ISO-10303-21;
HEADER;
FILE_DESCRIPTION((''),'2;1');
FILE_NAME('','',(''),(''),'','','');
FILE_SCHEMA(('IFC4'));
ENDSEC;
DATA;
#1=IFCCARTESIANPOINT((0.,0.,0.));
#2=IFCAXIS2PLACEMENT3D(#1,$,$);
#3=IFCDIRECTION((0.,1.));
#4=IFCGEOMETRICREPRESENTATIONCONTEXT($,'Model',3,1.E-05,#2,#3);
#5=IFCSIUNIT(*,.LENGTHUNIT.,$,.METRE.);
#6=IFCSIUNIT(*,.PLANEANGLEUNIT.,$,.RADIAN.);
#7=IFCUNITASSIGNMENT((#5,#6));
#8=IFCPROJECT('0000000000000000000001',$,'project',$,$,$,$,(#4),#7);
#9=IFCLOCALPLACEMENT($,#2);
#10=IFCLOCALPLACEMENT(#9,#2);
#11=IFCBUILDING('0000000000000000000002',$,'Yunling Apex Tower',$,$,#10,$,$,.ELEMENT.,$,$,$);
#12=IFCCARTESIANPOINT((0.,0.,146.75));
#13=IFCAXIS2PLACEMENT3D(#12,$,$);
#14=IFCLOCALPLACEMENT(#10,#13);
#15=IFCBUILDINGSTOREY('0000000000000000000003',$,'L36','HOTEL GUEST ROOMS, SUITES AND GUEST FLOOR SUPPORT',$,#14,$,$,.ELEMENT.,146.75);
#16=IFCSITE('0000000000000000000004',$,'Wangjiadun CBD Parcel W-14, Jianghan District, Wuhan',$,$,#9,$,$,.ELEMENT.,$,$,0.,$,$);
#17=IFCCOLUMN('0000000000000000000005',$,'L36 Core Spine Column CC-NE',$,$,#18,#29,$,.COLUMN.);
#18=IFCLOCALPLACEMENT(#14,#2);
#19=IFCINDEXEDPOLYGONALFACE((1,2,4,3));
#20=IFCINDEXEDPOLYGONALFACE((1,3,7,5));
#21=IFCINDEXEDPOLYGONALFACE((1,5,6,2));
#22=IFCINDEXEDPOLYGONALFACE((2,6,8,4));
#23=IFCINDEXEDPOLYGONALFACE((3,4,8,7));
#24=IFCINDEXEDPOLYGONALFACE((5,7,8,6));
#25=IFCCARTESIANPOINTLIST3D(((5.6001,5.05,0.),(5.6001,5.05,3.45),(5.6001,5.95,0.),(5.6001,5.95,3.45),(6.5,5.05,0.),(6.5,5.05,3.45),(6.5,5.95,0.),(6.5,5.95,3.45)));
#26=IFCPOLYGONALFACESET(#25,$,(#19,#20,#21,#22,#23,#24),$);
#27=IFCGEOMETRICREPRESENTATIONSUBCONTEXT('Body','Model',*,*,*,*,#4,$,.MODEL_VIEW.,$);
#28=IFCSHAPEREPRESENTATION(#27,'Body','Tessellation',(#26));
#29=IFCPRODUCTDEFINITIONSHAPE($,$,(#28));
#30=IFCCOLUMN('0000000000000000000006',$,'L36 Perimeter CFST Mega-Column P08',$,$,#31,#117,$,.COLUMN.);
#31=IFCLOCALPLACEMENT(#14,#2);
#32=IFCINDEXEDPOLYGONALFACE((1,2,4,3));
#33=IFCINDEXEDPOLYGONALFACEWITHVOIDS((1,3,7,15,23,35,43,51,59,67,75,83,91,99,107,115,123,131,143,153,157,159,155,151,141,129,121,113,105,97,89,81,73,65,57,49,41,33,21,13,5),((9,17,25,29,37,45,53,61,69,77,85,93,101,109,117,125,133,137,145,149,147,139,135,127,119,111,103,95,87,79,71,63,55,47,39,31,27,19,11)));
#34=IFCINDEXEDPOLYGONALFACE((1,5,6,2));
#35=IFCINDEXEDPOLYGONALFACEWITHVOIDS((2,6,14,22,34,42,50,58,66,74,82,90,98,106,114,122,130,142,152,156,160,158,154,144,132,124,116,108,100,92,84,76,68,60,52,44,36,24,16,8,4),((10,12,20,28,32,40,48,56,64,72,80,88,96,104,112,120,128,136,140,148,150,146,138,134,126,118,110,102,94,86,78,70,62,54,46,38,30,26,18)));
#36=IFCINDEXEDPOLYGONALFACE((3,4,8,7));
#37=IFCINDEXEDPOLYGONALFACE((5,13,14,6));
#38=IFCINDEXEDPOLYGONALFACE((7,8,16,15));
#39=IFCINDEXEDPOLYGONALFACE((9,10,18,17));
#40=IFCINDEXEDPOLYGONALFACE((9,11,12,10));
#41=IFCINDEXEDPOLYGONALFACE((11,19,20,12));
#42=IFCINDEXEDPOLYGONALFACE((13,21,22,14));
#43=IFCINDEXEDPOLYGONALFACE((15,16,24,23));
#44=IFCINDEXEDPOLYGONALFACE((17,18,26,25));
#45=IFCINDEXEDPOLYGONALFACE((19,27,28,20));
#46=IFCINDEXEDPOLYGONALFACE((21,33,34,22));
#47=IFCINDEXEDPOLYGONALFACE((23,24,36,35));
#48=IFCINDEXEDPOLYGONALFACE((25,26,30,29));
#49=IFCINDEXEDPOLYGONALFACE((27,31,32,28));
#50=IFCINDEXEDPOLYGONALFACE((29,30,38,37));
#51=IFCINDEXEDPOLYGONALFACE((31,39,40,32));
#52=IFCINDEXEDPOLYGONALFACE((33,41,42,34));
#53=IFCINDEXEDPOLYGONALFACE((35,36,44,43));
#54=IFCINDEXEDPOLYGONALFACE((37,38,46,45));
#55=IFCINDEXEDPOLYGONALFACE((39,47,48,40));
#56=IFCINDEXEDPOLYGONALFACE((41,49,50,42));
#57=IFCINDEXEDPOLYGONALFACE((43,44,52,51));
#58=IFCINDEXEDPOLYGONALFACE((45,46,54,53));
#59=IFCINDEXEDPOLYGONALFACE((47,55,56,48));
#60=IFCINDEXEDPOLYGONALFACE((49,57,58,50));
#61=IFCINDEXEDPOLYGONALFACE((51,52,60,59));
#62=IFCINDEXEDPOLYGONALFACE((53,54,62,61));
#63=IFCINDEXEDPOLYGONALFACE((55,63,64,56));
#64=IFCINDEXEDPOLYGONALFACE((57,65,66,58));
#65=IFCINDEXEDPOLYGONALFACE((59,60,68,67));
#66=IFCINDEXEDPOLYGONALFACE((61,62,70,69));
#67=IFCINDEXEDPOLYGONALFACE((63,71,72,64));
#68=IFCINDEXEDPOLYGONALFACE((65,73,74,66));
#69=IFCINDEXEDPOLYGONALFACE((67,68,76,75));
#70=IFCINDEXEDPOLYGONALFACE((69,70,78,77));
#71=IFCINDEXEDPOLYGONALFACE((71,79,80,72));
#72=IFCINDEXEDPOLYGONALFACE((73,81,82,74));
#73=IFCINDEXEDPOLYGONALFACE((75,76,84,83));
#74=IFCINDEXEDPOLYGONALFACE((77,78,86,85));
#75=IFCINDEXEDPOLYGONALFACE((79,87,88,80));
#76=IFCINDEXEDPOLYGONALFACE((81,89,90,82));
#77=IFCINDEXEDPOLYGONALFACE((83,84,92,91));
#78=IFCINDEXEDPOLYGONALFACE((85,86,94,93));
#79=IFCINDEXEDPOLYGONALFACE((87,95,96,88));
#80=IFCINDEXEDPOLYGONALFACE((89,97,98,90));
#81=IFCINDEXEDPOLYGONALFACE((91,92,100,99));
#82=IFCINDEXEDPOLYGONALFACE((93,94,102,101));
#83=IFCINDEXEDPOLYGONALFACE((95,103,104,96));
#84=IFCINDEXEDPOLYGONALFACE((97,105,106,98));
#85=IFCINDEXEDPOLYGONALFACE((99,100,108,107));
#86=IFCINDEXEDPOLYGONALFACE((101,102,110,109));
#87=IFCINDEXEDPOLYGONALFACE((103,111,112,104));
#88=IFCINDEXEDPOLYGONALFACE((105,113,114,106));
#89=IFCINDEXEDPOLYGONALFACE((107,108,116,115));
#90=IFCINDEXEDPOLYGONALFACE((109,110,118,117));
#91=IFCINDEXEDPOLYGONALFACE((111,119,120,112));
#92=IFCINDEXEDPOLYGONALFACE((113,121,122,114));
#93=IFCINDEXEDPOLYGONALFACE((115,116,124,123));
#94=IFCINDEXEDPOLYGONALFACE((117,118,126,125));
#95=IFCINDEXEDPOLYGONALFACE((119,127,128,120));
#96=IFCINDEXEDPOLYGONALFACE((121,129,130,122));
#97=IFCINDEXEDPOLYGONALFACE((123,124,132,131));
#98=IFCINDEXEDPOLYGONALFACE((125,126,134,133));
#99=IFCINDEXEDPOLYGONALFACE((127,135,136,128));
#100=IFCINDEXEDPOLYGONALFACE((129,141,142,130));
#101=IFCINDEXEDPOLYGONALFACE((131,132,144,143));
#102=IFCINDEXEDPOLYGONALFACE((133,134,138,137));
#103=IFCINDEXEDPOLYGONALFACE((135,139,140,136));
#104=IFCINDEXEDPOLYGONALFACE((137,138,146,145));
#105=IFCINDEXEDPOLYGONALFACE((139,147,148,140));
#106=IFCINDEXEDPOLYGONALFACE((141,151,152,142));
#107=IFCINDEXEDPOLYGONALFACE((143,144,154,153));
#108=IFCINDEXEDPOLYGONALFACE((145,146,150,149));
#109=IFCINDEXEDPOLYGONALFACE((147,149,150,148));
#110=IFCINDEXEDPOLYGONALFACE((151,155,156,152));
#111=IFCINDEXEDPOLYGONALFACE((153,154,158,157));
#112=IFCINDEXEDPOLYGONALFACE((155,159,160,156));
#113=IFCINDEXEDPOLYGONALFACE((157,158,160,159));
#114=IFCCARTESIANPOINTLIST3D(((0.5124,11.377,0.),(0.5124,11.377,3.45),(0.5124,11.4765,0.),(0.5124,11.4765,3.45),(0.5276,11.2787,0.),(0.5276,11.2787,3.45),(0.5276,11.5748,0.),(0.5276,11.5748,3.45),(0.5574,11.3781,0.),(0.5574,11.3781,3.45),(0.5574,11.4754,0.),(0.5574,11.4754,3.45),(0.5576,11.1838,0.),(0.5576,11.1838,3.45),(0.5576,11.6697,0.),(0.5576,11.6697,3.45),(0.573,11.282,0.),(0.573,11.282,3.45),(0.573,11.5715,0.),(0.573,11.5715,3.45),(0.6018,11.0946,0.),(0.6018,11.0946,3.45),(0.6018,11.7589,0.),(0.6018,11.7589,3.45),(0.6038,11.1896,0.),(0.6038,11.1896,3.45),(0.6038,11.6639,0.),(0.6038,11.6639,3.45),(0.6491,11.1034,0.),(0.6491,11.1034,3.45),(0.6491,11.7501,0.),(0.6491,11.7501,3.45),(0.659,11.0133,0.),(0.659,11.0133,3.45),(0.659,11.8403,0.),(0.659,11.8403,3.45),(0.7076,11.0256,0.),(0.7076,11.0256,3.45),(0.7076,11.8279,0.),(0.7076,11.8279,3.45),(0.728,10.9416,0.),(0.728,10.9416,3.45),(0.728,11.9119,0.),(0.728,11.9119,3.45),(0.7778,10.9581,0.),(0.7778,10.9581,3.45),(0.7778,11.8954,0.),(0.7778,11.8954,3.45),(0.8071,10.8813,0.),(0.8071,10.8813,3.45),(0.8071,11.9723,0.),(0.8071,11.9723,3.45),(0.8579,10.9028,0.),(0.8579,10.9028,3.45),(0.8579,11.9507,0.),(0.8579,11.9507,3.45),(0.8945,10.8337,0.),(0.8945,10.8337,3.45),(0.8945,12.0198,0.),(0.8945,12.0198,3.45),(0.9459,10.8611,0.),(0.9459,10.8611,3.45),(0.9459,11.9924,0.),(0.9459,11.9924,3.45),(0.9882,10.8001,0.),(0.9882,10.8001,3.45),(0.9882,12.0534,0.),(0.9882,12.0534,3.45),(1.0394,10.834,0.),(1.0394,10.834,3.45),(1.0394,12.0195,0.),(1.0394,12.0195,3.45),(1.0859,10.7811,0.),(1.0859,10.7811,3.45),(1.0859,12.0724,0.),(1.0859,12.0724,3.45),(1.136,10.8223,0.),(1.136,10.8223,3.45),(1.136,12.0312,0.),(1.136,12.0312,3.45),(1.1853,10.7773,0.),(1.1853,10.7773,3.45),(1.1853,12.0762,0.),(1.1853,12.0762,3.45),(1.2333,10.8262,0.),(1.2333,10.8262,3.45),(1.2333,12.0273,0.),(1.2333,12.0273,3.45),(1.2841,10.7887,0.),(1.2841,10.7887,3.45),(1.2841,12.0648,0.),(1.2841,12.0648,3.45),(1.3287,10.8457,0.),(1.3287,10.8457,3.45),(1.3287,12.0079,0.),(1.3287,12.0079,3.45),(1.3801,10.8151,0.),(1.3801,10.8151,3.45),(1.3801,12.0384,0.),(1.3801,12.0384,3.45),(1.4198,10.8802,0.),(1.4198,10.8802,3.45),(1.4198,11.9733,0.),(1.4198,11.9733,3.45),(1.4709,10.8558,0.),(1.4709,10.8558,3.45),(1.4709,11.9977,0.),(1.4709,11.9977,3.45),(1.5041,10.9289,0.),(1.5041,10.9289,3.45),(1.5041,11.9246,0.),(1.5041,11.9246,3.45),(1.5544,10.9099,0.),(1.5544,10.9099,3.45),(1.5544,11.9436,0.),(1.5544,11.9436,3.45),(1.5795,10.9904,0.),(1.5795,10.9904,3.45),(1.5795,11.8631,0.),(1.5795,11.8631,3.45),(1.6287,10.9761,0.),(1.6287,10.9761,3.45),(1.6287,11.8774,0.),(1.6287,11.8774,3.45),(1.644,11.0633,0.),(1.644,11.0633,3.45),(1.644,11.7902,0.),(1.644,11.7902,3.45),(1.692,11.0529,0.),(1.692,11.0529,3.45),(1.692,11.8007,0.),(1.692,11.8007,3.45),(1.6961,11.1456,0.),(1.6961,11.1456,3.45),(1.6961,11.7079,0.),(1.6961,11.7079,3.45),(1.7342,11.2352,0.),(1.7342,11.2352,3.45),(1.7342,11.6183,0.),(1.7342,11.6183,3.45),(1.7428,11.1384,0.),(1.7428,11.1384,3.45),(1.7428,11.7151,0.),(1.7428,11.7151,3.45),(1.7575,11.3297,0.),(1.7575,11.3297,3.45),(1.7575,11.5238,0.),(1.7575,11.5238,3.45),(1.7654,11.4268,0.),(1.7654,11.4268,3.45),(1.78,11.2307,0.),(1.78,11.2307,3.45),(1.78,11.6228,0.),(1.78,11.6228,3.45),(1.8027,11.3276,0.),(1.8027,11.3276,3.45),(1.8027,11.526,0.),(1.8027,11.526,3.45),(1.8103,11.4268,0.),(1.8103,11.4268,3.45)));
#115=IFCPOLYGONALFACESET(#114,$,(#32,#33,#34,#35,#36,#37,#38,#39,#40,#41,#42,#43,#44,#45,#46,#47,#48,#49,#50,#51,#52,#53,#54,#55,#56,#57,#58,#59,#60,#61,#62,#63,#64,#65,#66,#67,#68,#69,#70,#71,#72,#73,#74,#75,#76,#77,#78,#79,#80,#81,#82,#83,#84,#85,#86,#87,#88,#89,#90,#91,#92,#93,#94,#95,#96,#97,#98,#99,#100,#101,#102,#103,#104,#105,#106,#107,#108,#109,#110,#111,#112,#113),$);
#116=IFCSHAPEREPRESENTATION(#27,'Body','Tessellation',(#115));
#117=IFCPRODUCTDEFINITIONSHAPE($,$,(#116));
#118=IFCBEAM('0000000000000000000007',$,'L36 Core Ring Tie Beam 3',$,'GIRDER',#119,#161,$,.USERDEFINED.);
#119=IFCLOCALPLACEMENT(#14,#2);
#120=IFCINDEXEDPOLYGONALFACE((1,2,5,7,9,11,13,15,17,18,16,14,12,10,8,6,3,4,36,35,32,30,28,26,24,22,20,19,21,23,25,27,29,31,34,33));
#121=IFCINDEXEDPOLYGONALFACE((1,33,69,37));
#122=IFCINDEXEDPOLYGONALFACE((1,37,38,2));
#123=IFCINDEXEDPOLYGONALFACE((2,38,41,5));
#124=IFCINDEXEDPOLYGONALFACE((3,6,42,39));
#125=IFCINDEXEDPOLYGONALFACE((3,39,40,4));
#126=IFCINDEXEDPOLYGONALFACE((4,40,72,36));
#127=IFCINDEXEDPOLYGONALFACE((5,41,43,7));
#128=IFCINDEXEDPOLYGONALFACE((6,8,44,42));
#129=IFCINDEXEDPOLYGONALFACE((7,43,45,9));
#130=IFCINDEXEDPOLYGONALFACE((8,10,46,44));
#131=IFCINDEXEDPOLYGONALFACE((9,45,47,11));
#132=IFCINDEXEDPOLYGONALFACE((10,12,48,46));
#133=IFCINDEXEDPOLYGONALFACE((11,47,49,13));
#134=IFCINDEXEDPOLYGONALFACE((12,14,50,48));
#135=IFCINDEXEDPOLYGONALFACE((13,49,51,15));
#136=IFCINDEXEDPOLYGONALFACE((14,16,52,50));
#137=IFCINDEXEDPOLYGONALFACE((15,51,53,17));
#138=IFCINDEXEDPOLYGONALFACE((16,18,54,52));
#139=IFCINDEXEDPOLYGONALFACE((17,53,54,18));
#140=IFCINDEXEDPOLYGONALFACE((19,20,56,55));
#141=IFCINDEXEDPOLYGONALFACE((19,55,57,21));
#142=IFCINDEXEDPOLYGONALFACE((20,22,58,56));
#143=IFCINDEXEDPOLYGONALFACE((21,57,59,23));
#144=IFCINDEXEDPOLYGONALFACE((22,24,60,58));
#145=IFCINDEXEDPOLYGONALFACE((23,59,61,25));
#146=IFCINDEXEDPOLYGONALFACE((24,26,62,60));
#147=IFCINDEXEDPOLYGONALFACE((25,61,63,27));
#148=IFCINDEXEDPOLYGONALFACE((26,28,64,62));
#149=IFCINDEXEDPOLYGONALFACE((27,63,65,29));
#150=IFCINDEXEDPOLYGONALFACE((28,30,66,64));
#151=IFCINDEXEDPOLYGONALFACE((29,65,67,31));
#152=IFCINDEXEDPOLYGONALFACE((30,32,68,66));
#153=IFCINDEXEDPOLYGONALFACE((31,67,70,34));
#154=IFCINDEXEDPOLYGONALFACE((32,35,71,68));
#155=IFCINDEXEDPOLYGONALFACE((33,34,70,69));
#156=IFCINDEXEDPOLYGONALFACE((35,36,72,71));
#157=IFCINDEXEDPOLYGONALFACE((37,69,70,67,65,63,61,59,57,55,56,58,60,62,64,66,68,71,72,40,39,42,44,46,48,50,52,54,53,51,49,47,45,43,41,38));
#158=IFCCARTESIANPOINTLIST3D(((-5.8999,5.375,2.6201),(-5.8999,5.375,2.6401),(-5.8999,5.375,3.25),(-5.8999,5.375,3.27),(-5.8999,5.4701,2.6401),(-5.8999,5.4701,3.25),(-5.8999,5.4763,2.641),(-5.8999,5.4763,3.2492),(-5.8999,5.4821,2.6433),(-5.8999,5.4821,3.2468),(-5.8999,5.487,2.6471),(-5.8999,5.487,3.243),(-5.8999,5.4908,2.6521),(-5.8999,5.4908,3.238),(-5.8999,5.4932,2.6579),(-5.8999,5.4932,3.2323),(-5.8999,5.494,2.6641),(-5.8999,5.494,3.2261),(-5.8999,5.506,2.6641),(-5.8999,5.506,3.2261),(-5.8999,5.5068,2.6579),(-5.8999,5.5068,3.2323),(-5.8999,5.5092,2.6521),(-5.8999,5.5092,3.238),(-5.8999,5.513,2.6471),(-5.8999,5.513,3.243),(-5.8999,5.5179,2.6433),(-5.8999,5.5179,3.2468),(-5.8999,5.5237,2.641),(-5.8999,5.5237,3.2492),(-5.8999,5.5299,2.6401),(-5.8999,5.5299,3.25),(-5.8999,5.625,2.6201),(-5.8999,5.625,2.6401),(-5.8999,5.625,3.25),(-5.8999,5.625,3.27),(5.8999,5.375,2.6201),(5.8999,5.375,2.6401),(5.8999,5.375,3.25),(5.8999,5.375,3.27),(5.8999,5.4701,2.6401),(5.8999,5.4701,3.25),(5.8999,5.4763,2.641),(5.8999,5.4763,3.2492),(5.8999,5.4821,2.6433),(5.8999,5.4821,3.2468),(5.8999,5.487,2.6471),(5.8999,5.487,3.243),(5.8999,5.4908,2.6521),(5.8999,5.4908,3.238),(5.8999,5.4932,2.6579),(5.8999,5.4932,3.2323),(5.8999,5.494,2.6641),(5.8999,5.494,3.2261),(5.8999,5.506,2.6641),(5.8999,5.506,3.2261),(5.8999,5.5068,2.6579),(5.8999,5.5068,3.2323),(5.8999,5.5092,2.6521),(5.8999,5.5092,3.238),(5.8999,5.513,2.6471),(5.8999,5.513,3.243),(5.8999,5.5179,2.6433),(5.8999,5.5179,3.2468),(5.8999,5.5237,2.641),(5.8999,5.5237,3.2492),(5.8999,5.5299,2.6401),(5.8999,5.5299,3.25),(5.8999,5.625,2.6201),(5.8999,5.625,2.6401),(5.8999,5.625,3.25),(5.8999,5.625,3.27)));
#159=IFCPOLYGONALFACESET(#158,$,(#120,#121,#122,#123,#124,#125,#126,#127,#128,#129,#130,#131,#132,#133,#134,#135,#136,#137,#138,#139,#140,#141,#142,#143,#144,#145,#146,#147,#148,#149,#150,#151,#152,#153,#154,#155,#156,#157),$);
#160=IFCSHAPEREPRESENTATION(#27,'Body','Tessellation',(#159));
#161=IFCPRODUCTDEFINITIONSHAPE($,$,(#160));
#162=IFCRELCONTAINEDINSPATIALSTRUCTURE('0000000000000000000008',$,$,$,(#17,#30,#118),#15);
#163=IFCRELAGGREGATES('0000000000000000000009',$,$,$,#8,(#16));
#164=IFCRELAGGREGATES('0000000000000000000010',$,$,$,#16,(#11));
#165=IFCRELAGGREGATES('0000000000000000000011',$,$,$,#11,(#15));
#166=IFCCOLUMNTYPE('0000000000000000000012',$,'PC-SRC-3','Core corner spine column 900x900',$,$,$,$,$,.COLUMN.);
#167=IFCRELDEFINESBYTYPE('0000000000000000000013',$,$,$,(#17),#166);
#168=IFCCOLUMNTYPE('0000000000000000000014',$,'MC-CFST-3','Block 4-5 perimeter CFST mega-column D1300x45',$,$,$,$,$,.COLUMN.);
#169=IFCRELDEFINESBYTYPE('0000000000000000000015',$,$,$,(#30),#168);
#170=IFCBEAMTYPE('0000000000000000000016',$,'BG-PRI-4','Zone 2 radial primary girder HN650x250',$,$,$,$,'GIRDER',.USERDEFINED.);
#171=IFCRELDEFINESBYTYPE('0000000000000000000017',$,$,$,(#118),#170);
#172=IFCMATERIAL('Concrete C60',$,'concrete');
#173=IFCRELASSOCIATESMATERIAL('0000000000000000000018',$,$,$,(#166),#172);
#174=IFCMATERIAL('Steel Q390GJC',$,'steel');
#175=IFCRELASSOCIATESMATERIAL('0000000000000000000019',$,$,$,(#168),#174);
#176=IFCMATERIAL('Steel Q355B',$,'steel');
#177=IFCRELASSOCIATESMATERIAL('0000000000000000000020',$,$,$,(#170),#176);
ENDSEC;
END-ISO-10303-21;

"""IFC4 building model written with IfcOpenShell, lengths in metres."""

from ifc_helpers import new_model, si_unit, direction, frame, origin, origin_2d, place, context, subcontext, project, spatial, rectangle, hollow_circle, i_section, extrude, source, transform, mapped, material, material_profile, profile_set, type_object, element, save


model = new_model("IFC4")

# Units and contexts
model_context = context("Model", 3, precision=1e-05, world=origin(), true_north=direction((0.0, 1.0)))
body_context = subcontext(model_context, "Body", "Model", "MODEL_VIEW")
ifc_project = project(units=[si_unit("LENGTHUNIT", "METRE"), si_unit("PLANEANGLEUNIT", "RADIAN")], contexts=[model_context])

# Site, building, storey
site_placement = place(None, origin())
site = spatial("IfcSite", under=ifc_project, at=site_placement, Name="Wangjiadun CBD Parcel W-14, Jianghan District, Wuhan", CompositionType="ELEMENT", RefElevation=0.0)
building_placement = place(site_placement, origin())
building = spatial("IfcBuilding", under=site, at=building_placement, Name="Yunling Apex Tower", CompositionType="ELEMENT")
storey_placement = place(building_placement, frame((0.0, 0.0, 146.75)))
storey = spatial("IfcBuildingStorey", under=building, at=storey_placement, Name="L36", Description="HOTEL GUEST ROOMS, SUITES AND GUEST FLOOR SUPPORT", CompositionType="ELEMENT", Elevation=146.75)

# Columns
ifc_material_1 = material(Name="Concrete C60", Category="concrete")
ifc_material_profile_1 = material_profile(ifc_material_1, rectangle(XDim=0.8999, YDim=0.8999, at=origin_2d()))
ifc_profile_set_1 = profile_set([ifc_material_profile_1], Name="Concrete C60")
column_type_1 = type_object("IfcColumnType", Name="PC-SRC-3", Description="Core corner spine column 900x900", PredefinedType="COLUMN", material=ifc_profile_set_1)
shared_shape_1 = source(origin(), body_context, "Body", "SweptSolid", [
    extrude(rectangle(XDim=0.8999, YDim=0.8999, at=origin_2d()), origin(), (0.0, 0.0, 1.0), 3.45),
])
column_1_placement = place(storey_placement, frame((6.05, 5.5, 0.0), z_axis=(0.0, 0.0, 1.0), x_axis=(1.0, 0.0, 0.0)))
element("IfcColumn", 1, at=column_1_placement, inside=storey, type_object=column_type_1, Name="L36 Core Spine Column CC-NE", PredefinedType="COLUMN", context=body_context, shape_type="MappedRepresentation", body=[
    mapped(shared_shape_1, transform((0.0, 0.0, 0.0), scale=1.0)),
])
ifc_material_2 = material(Name="Steel Q390GJC", Category="steel")
ifc_material_profile_2 = material_profile(ifc_material_2, hollow_circle(Radius=0.6499, WallThickness=0.0449, at=origin_2d()))
ifc_profile_set_2 = profile_set([ifc_material_profile_2], Name="Steel Q390GJC")
column_type_2 = type_object("IfcColumnType", Name="MC-CFST-3", Description="Block 4-5 perimeter CFST mega-column D1300x45", PredefinedType="COLUMN", material=ifc_profile_set_2)
shared_shape_2 = source(origin(), body_context, "Body", "SweptSolid", [
    extrude(hollow_circle(Radius=0.6499, WallThickness=0.0449, at=origin_2d()), origin(), (0.0, 0.0, 1.0), 3.45),
])
column_2_placement = place(storey_placement, frame((1.1604, 11.4268, 0.0), z_axis=(0.0, 0.0, 1.0), x_axis=(1.0, 0.0, 0.0)))
element("IfcColumn", 2, at=column_2_placement, inside=storey, type_object=column_type_2, Name="L36 Perimeter CFST Mega-Column P08", PredefinedType="COLUMN", context=body_context, shape_type="MappedRepresentation", body=[
    mapped(shared_shape_2, transform((0.0, 0.0, 0.0), scale=1.0)),
])

# Beam
ifc_material_3 = material(Name="Steel Q355B", Category="steel")
ifc_material_profile_3 = material_profile(ifc_material_3, i_section(OverallWidth=0.25, OverallDepth=0.6499, WebThickness=0.012, FlangeThickness=0.02, FilletRadius=0.0239, at=origin_2d()))
ifc_profile_set_3 = profile_set([ifc_material_profile_3], Name="Steel Q355B")
beam_type_1 = type_object("IfcBeamType", Name="BG-PRI-4", Description="Zone 2 radial primary girder HN650x250", ElementType="GIRDER", PredefinedType="USERDEFINED", material=ifc_profile_set_3)
shared_shape_3 = source(origin(), body_context, "Body", "SweptSolid", [
    extrude(i_section(OverallWidth=0.25, OverallDepth=0.6499, WebThickness=0.012, FlangeThickness=0.02, FilletRadius=0.0239, at=origin_2d()), origin(), (0.0, 0.0, 1.0), 11.7998),
])
beam_1_placement = place(storey_placement, frame((5.8999, 5.5, 2.9451), z_axis=(-1.0, 0.0, 0.0), x_axis=(0.0, -1.0, 0.0)))
element("IfcBeam", 3, at=beam_1_placement, inside=storey, type_object=beam_type_1, Name="L36 Core Ring Tie Beam 3", ObjectType="GIRDER", PredefinedType="USERDEFINED", context=body_context, shape_type="MappedRepresentation", body=[
    mapped(shared_shape_3, transform((0.0, 0.0, 0.0), scale=1.0)),
])

save(model, "model.ifc")
